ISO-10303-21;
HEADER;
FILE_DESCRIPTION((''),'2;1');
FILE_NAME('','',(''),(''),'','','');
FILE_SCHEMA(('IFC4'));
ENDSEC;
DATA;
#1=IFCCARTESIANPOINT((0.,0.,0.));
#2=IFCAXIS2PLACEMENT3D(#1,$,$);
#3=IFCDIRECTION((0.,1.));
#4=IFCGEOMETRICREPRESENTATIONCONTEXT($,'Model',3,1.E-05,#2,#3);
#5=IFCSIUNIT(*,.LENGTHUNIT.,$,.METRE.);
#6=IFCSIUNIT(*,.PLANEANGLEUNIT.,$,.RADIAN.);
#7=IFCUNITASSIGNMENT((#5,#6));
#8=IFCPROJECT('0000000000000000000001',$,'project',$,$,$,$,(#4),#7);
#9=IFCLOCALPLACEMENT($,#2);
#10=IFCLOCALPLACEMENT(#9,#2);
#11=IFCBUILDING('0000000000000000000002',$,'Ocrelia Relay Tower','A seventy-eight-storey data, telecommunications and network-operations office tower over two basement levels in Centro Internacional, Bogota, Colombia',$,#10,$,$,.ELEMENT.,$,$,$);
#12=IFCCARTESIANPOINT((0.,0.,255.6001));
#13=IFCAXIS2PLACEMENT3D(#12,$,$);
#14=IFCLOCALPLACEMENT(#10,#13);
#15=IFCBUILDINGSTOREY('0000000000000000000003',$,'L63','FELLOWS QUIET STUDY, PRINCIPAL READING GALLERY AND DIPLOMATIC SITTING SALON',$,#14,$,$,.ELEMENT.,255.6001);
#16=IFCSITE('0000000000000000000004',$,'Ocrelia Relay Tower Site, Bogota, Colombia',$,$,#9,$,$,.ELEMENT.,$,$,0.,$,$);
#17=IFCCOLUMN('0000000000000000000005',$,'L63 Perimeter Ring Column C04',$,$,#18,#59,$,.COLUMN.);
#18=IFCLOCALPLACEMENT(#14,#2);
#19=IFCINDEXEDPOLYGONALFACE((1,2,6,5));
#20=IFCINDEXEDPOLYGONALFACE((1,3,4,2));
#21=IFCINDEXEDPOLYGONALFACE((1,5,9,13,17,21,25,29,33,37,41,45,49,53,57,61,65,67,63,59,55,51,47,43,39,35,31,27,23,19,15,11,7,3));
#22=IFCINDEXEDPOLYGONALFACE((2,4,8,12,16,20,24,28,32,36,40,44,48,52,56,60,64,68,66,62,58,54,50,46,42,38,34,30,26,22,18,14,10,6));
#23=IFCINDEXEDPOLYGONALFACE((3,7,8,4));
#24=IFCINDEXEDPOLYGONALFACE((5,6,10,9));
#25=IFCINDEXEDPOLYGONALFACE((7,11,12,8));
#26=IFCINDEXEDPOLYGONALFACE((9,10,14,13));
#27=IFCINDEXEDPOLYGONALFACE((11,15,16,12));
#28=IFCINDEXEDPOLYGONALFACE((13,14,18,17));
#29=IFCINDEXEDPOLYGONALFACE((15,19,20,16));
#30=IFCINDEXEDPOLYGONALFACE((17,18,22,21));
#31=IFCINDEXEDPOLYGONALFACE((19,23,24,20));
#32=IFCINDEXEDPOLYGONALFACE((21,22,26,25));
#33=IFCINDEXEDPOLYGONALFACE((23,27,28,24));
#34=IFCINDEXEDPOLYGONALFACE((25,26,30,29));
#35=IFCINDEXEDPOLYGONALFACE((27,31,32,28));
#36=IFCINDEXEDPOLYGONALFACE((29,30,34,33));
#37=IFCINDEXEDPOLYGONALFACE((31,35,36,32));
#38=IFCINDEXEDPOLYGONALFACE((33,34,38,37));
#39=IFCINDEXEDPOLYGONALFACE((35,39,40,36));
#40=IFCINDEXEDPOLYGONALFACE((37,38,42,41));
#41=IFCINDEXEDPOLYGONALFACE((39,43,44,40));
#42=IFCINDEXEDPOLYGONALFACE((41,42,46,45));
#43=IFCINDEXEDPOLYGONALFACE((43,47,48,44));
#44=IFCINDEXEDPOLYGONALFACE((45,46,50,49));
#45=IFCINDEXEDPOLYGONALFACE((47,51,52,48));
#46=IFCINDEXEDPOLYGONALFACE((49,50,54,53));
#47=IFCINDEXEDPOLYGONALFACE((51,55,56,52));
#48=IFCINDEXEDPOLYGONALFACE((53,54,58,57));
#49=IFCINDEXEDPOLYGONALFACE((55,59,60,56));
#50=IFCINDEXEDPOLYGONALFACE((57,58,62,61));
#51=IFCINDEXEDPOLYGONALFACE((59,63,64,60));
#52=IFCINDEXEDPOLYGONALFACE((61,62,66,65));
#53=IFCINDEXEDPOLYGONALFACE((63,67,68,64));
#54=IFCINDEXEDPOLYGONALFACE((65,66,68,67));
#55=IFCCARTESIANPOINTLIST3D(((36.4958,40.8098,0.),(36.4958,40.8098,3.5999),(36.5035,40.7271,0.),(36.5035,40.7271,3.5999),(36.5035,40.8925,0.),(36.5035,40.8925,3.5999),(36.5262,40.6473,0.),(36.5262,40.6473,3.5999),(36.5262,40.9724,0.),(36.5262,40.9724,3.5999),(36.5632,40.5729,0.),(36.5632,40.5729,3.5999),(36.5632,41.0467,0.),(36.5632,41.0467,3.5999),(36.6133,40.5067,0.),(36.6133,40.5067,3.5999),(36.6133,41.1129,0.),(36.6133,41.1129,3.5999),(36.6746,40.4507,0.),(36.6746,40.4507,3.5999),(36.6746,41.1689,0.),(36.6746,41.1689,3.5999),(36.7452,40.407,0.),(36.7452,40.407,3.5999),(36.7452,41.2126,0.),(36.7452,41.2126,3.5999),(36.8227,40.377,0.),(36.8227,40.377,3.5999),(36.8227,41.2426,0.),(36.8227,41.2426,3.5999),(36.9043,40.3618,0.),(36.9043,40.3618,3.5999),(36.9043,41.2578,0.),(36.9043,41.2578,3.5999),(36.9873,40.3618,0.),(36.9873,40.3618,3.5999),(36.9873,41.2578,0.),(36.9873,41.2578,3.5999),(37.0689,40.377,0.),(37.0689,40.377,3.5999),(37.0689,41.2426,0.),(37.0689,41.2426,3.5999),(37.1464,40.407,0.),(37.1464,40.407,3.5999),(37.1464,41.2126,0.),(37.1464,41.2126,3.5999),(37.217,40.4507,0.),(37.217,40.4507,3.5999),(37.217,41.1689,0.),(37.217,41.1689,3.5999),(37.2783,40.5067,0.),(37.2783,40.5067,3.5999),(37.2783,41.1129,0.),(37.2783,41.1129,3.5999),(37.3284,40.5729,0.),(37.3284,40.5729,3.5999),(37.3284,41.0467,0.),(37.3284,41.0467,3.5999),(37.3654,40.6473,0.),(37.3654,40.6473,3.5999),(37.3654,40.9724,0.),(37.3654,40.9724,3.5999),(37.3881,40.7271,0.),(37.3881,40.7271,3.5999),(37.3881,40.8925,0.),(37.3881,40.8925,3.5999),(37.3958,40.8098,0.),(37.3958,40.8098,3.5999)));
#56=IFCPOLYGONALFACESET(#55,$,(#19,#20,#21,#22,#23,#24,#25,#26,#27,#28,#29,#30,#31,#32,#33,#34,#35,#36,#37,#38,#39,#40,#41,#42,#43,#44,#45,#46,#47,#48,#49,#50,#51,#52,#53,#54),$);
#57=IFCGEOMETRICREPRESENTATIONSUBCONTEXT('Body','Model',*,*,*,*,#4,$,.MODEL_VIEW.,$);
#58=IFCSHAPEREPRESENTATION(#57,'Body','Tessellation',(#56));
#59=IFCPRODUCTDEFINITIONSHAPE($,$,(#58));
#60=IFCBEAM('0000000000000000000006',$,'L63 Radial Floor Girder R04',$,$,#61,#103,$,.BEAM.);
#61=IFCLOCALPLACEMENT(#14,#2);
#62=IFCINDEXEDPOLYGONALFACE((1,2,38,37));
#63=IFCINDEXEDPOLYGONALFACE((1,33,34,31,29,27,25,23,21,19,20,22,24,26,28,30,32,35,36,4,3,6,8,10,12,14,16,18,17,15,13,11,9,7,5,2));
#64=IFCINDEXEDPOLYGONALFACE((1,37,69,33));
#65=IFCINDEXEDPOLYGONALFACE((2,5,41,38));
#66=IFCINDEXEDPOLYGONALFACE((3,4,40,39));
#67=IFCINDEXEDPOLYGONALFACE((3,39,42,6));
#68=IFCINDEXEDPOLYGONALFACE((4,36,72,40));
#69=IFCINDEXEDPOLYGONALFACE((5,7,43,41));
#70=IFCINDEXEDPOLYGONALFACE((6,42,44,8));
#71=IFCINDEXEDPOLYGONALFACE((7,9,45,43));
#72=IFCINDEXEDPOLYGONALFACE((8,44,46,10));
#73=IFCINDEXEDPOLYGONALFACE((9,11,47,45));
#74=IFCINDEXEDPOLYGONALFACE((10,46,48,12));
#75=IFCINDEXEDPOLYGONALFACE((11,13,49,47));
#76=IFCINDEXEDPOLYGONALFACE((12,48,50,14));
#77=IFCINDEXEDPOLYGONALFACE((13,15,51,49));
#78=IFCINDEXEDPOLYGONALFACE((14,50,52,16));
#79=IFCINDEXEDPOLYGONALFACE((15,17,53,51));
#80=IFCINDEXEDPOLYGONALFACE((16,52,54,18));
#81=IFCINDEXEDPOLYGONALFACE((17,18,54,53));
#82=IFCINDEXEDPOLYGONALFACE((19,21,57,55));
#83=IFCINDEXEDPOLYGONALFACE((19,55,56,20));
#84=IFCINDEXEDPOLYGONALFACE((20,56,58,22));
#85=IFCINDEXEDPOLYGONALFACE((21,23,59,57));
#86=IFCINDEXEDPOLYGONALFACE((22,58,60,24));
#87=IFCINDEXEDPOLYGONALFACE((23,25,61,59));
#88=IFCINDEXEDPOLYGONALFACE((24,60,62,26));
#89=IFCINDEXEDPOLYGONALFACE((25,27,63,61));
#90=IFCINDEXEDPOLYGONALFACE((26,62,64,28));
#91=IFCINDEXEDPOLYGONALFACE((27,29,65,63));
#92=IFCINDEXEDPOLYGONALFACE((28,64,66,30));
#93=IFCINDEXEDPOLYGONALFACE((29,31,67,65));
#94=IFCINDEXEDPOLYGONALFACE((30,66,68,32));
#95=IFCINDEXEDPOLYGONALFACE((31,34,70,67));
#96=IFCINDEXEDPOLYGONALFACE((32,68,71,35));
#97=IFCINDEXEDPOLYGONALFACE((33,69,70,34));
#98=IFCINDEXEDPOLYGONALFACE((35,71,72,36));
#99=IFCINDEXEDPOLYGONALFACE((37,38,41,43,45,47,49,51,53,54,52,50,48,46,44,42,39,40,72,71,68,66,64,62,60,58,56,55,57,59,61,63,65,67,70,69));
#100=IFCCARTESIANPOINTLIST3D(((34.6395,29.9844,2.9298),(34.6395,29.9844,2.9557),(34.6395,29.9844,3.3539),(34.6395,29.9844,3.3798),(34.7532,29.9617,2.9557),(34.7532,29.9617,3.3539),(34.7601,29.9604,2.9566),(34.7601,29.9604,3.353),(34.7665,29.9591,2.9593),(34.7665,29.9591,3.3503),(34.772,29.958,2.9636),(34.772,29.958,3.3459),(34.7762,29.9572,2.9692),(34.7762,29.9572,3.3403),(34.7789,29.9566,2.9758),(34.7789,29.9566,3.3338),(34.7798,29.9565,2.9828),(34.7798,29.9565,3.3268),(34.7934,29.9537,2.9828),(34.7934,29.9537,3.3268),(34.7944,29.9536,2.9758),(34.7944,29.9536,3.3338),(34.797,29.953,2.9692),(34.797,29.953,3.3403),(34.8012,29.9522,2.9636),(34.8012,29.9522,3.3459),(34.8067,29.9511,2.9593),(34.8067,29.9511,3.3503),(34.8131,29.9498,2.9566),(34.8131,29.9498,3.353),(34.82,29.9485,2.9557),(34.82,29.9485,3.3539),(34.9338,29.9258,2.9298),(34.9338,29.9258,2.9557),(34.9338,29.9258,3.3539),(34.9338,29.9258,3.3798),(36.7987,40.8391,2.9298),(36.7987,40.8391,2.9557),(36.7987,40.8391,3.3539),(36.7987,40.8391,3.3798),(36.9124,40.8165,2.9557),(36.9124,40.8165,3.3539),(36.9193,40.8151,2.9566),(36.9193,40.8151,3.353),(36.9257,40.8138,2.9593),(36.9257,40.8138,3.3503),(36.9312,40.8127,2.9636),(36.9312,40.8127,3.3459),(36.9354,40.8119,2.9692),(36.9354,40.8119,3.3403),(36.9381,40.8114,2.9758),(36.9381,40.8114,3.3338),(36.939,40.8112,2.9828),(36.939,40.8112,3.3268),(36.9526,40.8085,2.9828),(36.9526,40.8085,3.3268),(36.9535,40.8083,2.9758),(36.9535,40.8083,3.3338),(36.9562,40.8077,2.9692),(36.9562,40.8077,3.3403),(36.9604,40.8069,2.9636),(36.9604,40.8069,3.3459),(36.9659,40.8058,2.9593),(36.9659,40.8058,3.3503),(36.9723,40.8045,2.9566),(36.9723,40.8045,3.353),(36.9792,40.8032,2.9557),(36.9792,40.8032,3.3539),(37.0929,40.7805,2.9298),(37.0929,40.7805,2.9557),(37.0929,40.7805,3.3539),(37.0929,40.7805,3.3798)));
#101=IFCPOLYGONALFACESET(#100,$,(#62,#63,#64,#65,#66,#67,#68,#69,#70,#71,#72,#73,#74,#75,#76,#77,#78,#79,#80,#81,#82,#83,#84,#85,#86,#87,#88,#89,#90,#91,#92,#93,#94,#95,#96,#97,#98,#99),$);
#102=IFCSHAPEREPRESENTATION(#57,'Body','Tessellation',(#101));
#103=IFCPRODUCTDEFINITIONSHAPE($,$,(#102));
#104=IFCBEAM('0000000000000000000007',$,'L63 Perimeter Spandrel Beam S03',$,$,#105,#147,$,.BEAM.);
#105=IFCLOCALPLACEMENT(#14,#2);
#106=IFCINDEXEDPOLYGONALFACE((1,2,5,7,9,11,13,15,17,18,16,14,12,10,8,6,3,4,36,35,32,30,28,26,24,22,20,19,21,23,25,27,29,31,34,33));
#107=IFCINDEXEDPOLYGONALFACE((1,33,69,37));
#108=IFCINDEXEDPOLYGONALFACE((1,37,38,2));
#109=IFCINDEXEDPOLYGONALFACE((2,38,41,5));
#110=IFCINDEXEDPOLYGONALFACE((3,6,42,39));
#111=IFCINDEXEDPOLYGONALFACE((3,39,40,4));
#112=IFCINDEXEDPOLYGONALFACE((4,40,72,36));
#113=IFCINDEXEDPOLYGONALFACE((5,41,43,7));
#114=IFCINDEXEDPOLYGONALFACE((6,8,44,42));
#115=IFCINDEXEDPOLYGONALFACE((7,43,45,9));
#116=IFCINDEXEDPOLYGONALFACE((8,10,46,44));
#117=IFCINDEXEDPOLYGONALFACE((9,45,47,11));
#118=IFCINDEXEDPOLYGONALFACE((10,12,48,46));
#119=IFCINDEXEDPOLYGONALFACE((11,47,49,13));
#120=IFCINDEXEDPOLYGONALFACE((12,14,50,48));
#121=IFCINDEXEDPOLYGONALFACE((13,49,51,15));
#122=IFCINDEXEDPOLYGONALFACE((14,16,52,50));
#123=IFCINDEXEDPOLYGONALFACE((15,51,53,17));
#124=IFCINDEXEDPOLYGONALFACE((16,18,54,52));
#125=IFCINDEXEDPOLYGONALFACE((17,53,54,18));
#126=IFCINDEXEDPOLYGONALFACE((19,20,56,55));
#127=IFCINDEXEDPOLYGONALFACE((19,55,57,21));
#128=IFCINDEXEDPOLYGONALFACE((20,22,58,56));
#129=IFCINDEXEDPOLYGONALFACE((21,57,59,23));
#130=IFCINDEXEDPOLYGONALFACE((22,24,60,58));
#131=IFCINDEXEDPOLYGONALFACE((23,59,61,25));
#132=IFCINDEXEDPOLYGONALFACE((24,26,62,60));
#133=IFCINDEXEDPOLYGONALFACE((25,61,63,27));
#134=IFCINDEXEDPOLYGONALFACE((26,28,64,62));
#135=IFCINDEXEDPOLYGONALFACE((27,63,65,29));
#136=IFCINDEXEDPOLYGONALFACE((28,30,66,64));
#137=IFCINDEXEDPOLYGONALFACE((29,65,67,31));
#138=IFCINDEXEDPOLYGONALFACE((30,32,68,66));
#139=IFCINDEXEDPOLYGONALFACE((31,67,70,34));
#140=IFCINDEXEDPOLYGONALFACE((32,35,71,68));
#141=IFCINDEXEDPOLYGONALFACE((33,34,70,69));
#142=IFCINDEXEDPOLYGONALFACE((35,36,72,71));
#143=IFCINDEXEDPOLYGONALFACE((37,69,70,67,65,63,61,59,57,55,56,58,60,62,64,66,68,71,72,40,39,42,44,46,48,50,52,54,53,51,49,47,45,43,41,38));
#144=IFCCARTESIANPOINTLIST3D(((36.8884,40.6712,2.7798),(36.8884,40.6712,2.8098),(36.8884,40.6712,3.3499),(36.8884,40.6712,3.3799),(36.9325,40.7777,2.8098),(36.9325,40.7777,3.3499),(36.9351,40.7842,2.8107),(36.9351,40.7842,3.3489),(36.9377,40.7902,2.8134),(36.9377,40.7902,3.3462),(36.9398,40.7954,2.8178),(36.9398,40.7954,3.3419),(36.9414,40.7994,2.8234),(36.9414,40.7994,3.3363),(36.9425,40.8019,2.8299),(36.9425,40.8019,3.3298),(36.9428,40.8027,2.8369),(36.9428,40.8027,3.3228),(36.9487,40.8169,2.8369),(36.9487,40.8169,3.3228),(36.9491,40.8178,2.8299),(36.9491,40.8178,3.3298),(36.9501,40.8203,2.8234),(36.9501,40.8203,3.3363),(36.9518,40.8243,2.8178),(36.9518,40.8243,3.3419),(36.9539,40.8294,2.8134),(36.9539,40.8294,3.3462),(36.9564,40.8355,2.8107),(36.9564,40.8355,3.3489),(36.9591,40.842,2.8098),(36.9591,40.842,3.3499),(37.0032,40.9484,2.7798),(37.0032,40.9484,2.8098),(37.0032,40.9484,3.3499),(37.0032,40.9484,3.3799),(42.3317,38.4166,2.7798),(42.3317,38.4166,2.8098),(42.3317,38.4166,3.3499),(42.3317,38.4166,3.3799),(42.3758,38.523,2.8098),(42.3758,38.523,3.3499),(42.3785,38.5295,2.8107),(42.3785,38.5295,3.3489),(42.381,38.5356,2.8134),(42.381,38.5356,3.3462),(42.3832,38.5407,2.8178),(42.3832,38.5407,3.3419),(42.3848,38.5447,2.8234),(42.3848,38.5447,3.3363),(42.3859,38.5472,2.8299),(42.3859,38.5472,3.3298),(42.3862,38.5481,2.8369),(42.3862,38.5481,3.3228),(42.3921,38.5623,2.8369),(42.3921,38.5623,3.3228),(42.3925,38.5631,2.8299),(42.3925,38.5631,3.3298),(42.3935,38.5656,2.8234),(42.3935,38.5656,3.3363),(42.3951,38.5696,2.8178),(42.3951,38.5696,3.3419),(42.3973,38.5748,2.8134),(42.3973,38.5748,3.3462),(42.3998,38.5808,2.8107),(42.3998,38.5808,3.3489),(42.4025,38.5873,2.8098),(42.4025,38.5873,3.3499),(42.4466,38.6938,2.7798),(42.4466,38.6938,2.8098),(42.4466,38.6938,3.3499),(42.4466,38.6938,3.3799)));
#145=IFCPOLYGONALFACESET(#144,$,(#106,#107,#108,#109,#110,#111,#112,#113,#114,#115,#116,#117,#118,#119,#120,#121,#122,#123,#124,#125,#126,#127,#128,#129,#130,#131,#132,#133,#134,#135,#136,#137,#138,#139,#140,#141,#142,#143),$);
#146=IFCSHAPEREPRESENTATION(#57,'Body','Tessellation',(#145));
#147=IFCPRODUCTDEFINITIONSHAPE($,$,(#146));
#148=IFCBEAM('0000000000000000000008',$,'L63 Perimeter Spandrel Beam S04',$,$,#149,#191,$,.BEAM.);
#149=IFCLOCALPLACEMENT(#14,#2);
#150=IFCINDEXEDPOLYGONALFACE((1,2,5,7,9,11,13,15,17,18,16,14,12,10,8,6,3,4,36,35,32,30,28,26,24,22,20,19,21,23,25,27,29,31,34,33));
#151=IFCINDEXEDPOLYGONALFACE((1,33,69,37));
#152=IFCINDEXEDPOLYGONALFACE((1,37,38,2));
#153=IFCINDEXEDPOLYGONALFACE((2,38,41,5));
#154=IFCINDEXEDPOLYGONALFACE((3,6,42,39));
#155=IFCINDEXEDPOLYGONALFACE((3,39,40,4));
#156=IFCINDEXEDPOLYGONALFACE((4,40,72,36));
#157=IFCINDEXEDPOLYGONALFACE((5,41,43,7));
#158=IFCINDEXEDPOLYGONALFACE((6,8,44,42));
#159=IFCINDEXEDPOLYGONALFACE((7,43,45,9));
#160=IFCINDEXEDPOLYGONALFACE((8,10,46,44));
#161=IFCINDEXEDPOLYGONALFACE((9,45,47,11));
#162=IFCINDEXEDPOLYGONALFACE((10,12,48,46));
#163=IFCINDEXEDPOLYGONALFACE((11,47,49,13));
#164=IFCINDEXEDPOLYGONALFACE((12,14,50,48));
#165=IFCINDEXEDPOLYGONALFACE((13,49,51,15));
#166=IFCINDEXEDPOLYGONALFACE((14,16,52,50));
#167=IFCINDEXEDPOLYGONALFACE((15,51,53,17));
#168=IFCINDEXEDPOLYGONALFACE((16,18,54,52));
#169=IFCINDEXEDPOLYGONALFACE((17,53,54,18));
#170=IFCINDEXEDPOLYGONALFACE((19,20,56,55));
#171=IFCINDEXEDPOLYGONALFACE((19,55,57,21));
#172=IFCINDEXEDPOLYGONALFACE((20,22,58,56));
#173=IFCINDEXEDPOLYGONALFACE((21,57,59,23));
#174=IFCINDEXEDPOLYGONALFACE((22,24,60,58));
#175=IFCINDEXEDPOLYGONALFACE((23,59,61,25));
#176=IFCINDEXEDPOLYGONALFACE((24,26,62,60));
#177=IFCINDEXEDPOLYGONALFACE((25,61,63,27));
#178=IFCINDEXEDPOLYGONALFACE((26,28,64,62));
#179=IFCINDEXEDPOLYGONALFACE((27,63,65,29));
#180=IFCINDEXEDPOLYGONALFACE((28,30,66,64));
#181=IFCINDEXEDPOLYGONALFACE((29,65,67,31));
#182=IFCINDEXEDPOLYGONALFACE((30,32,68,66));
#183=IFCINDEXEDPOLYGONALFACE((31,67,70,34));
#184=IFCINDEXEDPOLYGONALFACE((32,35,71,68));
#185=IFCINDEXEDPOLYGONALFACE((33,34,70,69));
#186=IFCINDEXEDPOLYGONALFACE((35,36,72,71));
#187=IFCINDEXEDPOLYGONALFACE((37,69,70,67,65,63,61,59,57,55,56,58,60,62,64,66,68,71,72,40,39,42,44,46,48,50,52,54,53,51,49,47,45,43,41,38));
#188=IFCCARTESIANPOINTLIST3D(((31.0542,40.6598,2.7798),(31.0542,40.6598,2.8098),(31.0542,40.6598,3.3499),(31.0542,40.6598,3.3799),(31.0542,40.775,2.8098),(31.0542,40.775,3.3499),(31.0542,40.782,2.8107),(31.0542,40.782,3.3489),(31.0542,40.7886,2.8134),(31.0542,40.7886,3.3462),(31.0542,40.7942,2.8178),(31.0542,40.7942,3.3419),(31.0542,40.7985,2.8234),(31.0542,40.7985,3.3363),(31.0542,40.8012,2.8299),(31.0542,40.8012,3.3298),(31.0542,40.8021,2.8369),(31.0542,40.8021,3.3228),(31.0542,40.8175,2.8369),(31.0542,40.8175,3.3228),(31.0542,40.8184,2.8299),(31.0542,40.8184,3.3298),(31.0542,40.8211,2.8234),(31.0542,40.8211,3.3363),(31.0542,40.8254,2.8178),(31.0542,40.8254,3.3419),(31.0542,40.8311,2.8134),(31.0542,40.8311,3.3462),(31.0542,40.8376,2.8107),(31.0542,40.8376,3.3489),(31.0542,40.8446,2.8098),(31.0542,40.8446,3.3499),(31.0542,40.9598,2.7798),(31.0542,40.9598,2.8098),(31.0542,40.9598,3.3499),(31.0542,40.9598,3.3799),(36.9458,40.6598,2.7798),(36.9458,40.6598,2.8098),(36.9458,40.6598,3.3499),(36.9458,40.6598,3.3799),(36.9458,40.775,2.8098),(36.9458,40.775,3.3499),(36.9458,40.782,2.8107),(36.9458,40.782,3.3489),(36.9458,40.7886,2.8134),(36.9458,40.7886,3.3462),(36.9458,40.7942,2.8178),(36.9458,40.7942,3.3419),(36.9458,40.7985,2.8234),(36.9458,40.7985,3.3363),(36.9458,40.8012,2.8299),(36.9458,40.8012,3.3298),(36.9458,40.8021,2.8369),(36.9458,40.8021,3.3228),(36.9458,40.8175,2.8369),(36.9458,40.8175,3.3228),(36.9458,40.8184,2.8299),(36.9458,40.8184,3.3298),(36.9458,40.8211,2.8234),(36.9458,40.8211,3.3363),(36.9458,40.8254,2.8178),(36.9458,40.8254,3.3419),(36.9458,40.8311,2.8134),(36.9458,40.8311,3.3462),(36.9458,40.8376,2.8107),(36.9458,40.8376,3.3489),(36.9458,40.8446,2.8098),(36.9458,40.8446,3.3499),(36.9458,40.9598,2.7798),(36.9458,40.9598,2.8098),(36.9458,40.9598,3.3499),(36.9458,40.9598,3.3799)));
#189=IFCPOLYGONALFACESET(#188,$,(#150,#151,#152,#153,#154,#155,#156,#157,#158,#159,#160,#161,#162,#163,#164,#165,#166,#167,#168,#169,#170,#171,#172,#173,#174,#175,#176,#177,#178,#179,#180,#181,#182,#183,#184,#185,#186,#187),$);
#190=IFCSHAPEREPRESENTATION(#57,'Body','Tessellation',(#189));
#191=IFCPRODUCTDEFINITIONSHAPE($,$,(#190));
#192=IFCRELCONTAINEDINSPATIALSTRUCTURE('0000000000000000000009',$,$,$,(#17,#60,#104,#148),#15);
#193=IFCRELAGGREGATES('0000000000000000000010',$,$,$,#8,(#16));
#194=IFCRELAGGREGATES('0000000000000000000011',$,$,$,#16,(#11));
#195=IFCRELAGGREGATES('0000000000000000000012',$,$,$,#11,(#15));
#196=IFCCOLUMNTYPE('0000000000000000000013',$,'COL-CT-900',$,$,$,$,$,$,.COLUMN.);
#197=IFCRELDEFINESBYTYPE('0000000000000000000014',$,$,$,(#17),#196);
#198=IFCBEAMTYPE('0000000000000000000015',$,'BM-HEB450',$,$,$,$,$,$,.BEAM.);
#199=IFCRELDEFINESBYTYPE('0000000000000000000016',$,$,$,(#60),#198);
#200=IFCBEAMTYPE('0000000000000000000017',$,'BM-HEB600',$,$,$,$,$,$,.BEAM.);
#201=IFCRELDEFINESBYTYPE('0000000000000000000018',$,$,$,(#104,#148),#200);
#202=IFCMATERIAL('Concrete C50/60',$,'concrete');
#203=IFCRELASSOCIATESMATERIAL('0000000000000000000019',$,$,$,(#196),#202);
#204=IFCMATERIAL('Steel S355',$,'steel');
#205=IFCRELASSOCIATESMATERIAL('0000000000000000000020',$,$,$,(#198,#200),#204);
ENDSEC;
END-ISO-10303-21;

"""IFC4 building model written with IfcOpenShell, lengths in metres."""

from ifc_helpers import new_model, si_unit, direction, frame, origin, origin_2d, place, context, subcontext, project, spatial, circle, i_section, extrude, material, material_profile, profile_set, type_object, element, save


model = new_model("IFC4")

# Units and contexts
model_context = context("Model", 3, precision=1e-05, world=origin(), true_north=direction((0.0, 1.0)))
body_context = subcontext(model_context, "Body", "Model", "MODEL_VIEW")
ifc_project = project(units=[si_unit("LENGTHUNIT", "METRE"), si_unit("PLANEANGLEUNIT", "RADIAN")], contexts=[model_context])

# Site, building, storey
site_placement = place(None, origin())
site = spatial("IfcSite", under=ifc_project, at=site_placement, Name="Ocrelia Relay Tower Site, Bogota, Colombia", CompositionType="ELEMENT", RefElevation=0.0)
building_placement = place(site_placement, origin())
building = spatial("IfcBuilding", under=site, at=building_placement, Name="Ocrelia Relay Tower", Description="A seventy-eight-storey data, telecommunications and network-operations office tower over two basement levels in Centro Internacional, Bogota, Colombia", CompositionType="ELEMENT")
storey_placement = place(building_placement, frame((0.0, 0.0, 255.6001)))
storey = spatial("IfcBuildingStorey", under=building, at=storey_placement, Name="L63", Description="FELLOWS QUIET STUDY, PRINCIPAL READING GALLERY AND DIPLOMATIC SITTING SALON", CompositionType="ELEMENT", Elevation=255.6001)

# Column
ifc_material_1 = material(Name="Concrete C50/60", Category="concrete")
ifc_material_profile_1 = material_profile(ifc_material_1, circle(Radius=0.45, at=origin_2d()), Name="RC-CIR-900")
ifc_profile_set_1 = profile_set([ifc_material_profile_1], Name="Concrete C50/60")
column_type = type_object("IfcColumnType", Name="COL-CT-900", PredefinedType="COLUMN", material=ifc_profile_set_1)
column_placement = place(storey_placement, frame((36.9458, 40.8098, 0.0), z_axis=(0.0, 0.0, 1.0), x_axis=(1.0, 0.0, 0.0)))
element("IfcColumn", 1, at=column_placement, inside=storey, type_object=column_type, Name="L63 Perimeter Ring Column C04", PredefinedType="COLUMN", context=body_context, shape_type="SweptSolid", body=[
    extrude(circle(Radius=0.45, at=origin_2d()), origin(), (0.0, 0.0, 1.0), 3.5999),
])

# Beams
ifc_material_2 = material(Name="Steel S355", Category="steel")
ifc_material_profile_2 = material_profile(ifc_material_2, i_section(OverallWidth=0.3, OverallDepth=0.45, WebThickness=0.0139, FlangeThickness=0.0259, FilletRadius=0.0271, at=origin_2d()), Name="HEB 450")
ifc_profile_set_2 = profile_set([ifc_material_profile_2], Name="Steel S355")
beam_type_1 = type_object("IfcBeamType", Name="BM-HEB450", PredefinedType="BEAM", material=ifc_profile_set_2)
beam_1_placement = place(storey_placement, frame((36.9458, 40.8098, 3.1548), z_axis=(-0.195094, -0.980785, 0.0), x_axis=(0.980785, -0.195094, 0.0)))
element("IfcBeam", 2, at=beam_1_placement, inside=storey, type_object=beam_type_1, Name="L63 Radial Floor Girder R04", PredefinedType="BEAM", context=body_context, shape_type="SweptSolid", body=[
    extrude(i_section(OverallWidth=0.3, OverallDepth=0.45, WebThickness=0.0139, FlangeThickness=0.0259, FilletRadius=0.0271, at=origin_2d()), origin(), (0.0, 0.0, 1.0), 11.0674),
])
ifc_material_profile_3 = material_profile(ifc_material_2, i_section(OverallWidth=0.3, OverallDepth=0.6001, WebThickness=0.0154, FlangeThickness=0.03, FilletRadius=0.0271, at=origin_2d()), Name="HEB 600")
ifc_profile_set_3 = profile_set([ifc_material_profile_3], Name="Steel S355")
beam_type_2 = type_object("IfcBeamType", Name="BM-HEB600", PredefinedType="BEAM", material=ifc_profile_set_3)
beam_2_placement = place(storey_placement, frame((42.3892, 38.5552, 3.0798), z_axis=(-0.923884, 0.382673, 0.0), x_axis=(-0.382673, -0.923884, 0.0)))
element("IfcBeam", 3, at=beam_2_placement, inside=storey, type_object=beam_type_2, Name="L63 Perimeter Spandrel Beam S03", PredefinedType="BEAM", context=body_context, shape_type="SweptSolid", body=[
    extrude(i_section(OverallWidth=0.3, OverallDepth=0.6001, WebThickness=0.0154, FlangeThickness=0.03, FilletRadius=0.0271, at=origin_2d()), origin(), (0.0, 0.0, 1.0), 5.8918),
])
beam_3_placement = place(storey_placement, frame((36.9458, 40.8098, 3.0798), z_axis=(-1.0, 0.0, 0.0), x_axis=(0.0, -1.0, 0.0)))
element("IfcBeam", 4, at=beam_3_placement, inside=storey, type_object=beam_type_2, Name="L63 Perimeter Spandrel Beam S04", PredefinedType="BEAM", context=body_context, shape_type="SweptSolid", body=[
    extrude(i_section(OverallWidth=0.3, OverallDepth=0.6001, WebThickness=0.0154, FlangeThickness=0.03, FilletRadius=0.0271, at=origin_2d()), origin(), (0.0, 0.0, 1.0), 5.8916),
])

save(model, "model.ifc")
